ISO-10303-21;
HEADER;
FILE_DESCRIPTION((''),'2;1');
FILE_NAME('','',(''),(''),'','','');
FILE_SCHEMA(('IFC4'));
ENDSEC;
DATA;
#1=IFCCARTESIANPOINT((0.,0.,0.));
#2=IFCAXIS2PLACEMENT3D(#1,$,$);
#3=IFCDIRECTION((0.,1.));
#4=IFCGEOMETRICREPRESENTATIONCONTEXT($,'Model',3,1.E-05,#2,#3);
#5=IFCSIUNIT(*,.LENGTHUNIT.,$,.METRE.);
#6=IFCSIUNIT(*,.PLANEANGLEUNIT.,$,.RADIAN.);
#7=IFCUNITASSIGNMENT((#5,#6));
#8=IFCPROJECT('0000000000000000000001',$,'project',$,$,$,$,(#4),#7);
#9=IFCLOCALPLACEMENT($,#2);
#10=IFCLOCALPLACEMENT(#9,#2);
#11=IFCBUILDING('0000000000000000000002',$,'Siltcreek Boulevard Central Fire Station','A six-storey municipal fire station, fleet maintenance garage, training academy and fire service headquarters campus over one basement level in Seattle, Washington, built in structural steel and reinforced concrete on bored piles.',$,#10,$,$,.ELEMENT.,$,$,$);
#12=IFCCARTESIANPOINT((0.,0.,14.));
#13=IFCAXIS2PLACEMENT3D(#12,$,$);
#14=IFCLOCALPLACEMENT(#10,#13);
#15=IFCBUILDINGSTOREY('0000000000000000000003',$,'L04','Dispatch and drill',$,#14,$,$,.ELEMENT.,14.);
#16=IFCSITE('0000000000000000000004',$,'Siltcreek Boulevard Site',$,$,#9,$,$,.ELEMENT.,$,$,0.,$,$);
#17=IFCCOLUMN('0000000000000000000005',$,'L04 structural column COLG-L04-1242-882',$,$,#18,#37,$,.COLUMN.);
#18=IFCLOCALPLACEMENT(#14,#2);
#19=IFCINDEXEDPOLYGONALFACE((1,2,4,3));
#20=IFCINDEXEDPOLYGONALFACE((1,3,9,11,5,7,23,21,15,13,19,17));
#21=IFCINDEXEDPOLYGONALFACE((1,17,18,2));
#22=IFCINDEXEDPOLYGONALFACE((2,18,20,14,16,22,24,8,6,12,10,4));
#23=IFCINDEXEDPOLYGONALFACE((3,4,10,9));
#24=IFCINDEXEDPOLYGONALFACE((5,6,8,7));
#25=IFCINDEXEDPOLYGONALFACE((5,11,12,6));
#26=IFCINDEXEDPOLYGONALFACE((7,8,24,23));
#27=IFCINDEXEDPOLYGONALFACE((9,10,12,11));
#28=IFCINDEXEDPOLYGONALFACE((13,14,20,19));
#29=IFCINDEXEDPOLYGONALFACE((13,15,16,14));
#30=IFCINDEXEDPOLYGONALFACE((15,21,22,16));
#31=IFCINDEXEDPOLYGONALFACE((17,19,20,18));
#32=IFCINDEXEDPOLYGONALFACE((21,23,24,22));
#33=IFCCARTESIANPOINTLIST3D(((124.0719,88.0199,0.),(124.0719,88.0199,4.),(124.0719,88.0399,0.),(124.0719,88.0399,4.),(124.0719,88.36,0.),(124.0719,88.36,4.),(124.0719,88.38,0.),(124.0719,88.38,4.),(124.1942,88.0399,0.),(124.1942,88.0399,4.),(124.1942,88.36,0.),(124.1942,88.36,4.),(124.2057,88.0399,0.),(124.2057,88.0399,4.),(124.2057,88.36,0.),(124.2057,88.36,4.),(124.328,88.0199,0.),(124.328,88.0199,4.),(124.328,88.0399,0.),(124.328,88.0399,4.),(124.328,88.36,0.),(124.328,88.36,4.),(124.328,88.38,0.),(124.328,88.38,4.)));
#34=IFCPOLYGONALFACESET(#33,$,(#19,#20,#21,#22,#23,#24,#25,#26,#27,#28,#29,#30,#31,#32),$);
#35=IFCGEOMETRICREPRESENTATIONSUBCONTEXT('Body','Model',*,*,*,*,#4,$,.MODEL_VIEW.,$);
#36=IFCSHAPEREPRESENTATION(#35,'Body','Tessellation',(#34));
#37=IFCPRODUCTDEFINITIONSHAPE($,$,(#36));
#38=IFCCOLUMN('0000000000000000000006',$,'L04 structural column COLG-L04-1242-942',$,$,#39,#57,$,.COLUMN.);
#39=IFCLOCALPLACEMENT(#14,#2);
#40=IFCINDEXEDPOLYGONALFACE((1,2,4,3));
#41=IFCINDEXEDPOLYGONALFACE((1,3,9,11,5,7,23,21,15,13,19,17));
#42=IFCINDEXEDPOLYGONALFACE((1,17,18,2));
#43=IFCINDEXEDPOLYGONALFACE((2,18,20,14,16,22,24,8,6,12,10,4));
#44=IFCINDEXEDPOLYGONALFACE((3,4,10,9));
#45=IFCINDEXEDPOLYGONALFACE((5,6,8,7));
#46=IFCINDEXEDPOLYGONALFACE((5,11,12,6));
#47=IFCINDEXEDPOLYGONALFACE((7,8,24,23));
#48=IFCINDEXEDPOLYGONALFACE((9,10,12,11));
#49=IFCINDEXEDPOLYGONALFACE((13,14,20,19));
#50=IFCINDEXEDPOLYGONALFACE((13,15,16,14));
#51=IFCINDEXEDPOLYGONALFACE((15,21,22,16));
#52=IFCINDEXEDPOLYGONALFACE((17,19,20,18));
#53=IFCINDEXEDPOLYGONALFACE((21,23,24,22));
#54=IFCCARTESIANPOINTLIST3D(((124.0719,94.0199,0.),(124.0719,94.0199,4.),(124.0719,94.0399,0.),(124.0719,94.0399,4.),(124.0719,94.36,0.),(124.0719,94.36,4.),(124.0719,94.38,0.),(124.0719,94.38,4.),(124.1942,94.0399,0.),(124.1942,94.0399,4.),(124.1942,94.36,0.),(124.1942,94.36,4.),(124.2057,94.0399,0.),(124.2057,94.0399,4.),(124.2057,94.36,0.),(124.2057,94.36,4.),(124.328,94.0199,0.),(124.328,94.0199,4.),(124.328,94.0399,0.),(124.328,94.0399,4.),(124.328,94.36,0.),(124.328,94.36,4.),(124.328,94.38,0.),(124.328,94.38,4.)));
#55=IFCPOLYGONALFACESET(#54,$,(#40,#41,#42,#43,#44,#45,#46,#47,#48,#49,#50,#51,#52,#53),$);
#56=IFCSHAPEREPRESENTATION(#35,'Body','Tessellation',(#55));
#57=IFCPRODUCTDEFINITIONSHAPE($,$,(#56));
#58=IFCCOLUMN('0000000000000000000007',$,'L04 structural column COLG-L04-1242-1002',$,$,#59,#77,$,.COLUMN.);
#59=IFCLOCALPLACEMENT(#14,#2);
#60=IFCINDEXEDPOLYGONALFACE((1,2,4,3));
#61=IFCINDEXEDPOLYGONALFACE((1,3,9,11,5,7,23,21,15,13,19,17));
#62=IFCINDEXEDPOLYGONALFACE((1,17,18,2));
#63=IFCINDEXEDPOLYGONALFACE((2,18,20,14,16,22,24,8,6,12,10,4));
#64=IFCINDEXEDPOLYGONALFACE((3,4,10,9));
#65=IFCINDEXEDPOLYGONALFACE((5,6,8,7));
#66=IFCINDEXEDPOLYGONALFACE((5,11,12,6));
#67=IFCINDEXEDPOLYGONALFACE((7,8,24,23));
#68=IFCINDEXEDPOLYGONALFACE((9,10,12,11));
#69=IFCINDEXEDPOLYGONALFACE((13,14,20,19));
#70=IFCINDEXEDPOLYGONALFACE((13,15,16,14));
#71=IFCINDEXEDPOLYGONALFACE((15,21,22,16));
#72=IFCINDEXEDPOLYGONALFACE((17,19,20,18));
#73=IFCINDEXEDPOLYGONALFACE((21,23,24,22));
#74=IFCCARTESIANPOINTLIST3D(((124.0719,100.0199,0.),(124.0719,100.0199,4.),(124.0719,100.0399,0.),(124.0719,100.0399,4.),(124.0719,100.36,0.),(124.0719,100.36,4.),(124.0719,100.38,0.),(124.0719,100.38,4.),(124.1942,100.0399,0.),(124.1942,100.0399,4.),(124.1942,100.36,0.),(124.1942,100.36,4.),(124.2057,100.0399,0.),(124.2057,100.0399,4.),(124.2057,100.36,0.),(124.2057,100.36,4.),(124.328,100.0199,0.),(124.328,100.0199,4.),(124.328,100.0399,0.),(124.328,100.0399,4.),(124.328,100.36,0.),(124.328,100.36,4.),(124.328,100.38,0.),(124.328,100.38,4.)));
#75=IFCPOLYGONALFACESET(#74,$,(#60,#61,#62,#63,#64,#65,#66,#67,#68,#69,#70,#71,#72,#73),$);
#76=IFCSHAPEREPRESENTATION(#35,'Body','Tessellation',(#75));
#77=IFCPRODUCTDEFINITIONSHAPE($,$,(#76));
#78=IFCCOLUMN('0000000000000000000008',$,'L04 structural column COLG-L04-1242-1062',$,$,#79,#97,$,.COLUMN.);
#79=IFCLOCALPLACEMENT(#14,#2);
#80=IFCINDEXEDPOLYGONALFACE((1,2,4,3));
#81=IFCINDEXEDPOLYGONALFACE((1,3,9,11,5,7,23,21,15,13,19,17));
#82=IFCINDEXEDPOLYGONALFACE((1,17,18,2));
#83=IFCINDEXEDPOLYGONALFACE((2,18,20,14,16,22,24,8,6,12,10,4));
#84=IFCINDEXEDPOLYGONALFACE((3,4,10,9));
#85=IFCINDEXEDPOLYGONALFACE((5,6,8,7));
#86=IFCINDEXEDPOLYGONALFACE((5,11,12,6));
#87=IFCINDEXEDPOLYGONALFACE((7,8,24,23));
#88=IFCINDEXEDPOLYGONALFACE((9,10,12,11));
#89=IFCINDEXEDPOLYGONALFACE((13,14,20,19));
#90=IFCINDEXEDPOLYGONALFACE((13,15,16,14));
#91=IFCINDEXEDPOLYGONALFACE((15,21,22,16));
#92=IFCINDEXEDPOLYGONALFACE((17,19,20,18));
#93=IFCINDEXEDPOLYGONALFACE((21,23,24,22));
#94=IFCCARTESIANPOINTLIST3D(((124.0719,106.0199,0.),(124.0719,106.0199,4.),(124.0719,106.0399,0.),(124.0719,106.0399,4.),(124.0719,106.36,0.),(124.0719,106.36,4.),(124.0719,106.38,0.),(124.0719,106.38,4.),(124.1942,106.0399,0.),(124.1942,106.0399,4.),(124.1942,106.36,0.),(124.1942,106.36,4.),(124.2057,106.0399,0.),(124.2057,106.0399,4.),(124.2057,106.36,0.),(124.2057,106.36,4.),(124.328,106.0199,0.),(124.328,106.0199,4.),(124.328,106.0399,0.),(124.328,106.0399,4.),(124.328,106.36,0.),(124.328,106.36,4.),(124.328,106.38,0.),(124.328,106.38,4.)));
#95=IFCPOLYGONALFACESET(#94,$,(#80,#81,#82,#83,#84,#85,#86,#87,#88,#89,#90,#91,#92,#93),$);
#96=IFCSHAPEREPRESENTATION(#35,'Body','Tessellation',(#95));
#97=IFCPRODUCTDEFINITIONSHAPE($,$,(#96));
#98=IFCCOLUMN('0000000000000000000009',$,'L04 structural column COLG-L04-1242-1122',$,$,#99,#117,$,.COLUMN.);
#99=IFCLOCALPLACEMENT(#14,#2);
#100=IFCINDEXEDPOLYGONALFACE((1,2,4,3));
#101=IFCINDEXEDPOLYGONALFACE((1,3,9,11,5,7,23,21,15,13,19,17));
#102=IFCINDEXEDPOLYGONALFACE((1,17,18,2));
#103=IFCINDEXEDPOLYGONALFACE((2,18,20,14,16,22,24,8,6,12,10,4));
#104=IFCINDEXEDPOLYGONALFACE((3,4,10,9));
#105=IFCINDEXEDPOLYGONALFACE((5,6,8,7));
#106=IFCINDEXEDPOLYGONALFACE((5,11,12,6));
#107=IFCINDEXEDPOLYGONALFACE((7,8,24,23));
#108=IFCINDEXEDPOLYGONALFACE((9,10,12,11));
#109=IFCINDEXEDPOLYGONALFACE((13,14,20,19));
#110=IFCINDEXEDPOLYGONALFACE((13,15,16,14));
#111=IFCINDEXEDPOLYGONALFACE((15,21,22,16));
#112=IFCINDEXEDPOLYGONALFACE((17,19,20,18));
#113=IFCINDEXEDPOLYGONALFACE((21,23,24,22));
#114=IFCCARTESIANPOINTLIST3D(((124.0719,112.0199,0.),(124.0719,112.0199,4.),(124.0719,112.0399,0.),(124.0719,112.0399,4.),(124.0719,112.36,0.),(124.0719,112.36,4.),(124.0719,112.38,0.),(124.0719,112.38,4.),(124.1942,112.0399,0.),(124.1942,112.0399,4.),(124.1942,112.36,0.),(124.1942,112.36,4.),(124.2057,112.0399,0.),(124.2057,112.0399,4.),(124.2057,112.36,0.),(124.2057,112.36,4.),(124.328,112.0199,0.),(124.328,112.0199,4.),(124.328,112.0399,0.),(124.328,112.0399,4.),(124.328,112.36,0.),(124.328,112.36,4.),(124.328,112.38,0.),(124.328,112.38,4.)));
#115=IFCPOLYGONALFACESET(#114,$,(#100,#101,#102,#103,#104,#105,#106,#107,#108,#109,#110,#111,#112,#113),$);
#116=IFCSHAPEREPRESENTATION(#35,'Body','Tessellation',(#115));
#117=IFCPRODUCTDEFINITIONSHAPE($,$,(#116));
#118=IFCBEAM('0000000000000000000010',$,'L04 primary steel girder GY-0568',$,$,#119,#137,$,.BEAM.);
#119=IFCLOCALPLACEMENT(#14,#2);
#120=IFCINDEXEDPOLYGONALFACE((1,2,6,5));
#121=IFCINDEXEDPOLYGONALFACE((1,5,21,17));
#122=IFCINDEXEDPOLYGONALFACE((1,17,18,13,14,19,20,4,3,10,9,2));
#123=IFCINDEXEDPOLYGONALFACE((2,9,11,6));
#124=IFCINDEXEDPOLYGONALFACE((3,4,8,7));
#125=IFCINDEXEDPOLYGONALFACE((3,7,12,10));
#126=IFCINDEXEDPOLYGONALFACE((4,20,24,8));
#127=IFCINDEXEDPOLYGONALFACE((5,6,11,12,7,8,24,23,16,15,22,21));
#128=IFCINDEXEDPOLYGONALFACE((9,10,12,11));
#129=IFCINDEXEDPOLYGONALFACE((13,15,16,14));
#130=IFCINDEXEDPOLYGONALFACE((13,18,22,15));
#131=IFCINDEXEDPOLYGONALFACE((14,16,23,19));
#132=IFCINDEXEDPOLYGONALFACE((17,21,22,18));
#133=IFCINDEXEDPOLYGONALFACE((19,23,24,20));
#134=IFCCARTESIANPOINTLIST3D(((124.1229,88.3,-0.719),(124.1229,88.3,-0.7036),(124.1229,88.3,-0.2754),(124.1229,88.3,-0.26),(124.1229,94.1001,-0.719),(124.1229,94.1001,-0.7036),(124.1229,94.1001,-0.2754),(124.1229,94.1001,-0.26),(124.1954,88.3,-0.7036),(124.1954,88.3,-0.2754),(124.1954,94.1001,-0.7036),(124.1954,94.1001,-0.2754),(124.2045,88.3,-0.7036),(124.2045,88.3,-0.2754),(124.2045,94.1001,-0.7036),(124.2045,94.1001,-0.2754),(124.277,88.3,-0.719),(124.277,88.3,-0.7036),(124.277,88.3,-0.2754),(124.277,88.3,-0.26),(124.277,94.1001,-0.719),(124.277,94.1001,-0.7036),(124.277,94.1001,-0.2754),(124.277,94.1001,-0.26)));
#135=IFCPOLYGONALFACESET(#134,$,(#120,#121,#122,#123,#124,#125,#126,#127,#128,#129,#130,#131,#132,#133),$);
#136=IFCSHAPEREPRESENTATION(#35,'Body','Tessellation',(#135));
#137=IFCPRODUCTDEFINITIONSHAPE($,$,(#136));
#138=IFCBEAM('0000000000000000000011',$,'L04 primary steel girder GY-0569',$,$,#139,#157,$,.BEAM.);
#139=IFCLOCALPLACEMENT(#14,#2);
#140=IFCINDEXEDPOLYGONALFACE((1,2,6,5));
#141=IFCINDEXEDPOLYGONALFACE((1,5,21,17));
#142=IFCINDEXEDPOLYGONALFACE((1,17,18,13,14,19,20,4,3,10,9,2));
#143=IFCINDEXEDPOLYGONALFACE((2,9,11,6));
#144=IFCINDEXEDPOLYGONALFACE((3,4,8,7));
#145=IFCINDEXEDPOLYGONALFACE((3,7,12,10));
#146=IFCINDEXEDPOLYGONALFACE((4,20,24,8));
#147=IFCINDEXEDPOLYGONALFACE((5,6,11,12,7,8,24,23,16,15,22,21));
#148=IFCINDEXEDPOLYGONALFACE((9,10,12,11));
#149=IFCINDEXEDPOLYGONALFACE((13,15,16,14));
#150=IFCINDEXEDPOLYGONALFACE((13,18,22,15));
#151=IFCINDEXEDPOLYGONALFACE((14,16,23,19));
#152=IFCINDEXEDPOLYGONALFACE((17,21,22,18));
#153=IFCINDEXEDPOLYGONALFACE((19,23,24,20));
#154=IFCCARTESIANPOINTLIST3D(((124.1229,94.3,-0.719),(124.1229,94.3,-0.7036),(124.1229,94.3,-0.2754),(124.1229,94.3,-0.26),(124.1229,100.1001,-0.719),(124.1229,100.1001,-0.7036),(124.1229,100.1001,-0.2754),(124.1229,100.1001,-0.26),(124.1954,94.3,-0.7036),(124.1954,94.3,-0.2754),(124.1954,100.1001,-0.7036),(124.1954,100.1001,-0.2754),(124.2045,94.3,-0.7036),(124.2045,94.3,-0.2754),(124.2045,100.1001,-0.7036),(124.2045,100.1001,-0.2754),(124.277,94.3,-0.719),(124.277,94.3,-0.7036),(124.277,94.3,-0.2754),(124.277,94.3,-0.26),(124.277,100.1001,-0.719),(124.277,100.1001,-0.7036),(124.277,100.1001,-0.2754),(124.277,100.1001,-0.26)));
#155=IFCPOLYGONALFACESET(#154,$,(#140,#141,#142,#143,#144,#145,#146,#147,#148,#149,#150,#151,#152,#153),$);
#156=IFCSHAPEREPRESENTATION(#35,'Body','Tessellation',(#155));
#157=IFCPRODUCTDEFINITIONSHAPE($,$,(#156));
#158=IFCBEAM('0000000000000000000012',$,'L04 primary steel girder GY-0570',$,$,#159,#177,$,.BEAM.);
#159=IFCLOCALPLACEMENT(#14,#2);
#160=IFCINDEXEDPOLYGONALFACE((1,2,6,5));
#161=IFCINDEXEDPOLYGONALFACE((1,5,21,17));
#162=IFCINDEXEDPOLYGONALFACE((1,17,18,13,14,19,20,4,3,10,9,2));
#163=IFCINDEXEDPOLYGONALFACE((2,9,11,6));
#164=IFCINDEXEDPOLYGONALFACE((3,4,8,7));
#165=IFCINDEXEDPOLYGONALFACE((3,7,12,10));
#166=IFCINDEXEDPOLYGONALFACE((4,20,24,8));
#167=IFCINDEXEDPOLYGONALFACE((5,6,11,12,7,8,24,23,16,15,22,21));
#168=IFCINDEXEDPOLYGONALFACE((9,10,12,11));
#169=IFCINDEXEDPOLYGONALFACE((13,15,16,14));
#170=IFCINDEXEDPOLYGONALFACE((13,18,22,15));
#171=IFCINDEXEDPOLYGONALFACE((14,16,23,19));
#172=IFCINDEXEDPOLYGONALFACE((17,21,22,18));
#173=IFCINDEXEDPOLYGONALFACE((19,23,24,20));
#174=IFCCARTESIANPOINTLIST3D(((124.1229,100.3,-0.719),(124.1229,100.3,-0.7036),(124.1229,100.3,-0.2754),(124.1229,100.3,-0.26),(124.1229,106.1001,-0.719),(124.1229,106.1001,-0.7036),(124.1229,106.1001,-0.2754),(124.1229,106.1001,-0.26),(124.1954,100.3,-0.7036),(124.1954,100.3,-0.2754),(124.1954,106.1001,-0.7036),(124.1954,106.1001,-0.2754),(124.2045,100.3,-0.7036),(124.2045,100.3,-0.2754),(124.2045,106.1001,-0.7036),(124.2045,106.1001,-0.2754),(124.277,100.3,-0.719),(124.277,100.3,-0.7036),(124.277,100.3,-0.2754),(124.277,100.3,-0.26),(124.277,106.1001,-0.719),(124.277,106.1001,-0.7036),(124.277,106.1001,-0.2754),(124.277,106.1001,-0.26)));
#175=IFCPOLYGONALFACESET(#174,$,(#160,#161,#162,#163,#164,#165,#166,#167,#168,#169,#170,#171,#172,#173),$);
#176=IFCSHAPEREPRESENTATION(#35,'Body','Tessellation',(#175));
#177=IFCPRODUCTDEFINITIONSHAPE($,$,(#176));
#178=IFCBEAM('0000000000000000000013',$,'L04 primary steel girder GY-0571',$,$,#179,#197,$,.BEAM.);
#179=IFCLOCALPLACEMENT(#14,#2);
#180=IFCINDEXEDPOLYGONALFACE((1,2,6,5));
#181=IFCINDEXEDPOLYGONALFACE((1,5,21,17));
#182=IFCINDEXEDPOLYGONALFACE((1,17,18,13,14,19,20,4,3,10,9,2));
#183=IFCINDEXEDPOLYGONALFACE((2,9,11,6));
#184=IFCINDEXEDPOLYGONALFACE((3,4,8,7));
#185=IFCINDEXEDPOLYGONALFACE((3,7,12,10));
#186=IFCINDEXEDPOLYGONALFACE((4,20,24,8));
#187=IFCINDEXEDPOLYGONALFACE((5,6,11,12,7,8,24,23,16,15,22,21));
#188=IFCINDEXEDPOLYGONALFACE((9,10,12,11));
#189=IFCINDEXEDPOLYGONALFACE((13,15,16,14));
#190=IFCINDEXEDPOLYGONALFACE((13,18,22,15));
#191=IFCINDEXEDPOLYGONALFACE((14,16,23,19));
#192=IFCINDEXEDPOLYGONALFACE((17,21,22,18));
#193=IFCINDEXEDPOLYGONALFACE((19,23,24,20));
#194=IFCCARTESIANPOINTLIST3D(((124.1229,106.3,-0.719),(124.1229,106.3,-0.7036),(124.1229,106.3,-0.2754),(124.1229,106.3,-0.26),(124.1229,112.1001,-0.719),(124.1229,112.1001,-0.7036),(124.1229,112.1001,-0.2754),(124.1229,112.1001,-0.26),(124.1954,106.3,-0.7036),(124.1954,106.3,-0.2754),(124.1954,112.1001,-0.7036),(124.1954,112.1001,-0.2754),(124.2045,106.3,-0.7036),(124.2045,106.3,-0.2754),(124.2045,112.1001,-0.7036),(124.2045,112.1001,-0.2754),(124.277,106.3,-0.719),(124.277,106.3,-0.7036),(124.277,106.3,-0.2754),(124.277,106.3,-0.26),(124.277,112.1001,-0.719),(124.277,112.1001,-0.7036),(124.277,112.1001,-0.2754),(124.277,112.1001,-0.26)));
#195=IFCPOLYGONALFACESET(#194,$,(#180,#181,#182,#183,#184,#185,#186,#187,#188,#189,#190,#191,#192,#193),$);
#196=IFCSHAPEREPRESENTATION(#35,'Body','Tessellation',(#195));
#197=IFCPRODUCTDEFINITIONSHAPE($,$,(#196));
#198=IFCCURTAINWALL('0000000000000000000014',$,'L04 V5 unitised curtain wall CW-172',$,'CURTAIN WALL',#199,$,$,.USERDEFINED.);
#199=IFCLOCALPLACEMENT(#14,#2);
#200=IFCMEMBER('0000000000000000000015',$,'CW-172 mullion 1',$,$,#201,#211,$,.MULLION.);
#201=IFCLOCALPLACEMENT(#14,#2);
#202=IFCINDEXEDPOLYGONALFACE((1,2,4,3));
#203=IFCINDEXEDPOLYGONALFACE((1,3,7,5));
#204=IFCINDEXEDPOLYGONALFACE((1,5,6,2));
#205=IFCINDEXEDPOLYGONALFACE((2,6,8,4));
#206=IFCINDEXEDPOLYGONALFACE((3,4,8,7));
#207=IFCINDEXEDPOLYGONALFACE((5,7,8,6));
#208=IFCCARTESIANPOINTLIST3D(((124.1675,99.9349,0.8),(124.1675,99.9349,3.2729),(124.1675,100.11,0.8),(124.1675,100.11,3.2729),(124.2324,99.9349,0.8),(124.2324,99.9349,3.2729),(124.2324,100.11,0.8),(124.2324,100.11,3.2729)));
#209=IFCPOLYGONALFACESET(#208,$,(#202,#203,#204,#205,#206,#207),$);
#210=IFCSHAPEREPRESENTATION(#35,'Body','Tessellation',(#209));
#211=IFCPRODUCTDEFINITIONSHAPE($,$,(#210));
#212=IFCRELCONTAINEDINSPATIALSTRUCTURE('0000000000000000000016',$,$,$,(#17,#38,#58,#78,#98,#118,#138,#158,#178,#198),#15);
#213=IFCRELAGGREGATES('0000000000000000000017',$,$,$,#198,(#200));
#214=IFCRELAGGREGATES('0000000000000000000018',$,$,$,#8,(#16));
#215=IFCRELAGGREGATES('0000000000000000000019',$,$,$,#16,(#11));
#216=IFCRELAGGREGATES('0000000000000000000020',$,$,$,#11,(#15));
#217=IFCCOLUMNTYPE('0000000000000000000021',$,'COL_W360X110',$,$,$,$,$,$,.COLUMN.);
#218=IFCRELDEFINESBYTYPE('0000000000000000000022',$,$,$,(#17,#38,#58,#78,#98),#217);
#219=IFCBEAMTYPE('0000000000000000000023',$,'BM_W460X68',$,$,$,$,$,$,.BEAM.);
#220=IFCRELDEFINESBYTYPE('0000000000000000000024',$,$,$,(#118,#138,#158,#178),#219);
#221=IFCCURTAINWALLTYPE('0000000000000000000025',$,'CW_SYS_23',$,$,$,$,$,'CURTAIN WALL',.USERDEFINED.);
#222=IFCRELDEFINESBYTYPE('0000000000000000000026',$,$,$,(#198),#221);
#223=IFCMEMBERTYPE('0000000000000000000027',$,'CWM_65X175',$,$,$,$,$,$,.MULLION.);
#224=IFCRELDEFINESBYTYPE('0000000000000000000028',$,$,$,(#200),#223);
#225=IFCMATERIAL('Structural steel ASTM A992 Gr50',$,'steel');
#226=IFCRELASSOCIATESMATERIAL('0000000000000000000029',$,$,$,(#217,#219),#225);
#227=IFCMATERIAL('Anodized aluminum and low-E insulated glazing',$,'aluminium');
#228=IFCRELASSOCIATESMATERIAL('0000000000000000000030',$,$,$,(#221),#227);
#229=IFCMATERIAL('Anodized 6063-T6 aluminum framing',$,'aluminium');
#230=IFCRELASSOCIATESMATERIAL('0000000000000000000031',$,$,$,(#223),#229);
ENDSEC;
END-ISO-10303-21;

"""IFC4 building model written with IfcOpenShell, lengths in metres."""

from ifc_helpers import new_model, si_unit, direction, frame, origin, origin_2d, place, context, subcontext, project, spatial, rectangle, i_section, extrude, material, material_profile, profile_set, type_object, element, aggregate, save


model = new_model("IFC4")

# Units and contexts
model_context = context("Model", 3, precision=1e-05, world=origin(), true_north=direction((0.0, 1.0)))
body_context = subcontext(model_context, "Body", "Model", "MODEL_VIEW")
ifc_project = project(units=[si_unit("LENGTHUNIT", "METRE"), si_unit("PLANEANGLEUNIT", "RADIAN")], contexts=[model_context])

# Site, building, storey
site_placement = place(None, origin())
site = spatial("IfcSite", under=ifc_project, at=site_placement, Name="Siltcreek Boulevard Site", CompositionType="ELEMENT", RefElevation=0.0)
building_placement = place(site_placement, origin())
building = spatial("IfcBuilding", under=site, at=building_placement, Name="Siltcreek Boulevard Central Fire Station", Description="A six-storey municipal fire station, fleet maintenance garage, training academy and fire service headquarters campus over one basement level in Seattle, Washington, built in structural steel and reinforced concrete on bored piles.", CompositionType="ELEMENT")
storey_placement = place(building_placement, frame((0.0, 0.0, 14.0)))
storey = spatial("IfcBuildingStorey", under=building, at=storey_placement, Name="L04", Description="Dispatch and drill", CompositionType="ELEMENT", Elevation=14.0)

# Columns
ifc_material_1 = material(Name="Structural steel ASTM A992 Gr50", Category="steel")
ifc_material_profile_1 = material_profile(ifc_material_1, i_section(OverallWidth=0.2561, OverallDepth=0.3601, WebThickness=0.0115, FlangeThickness=0.02, at=origin_2d()), Name="W360X110")
ifc_profile_set_1 = profile_set([ifc_material_profile_1], Name="Structural steel ASTM A992 Gr50")
column_type = type_object("IfcColumnType", Name="COL_W360X110", PredefinedType="COLUMN", material=ifc_profile_set_1)
for number, where, z_axis, x_axis, name in (
    (1, (124.2, 88.2, 0.0), (0.0, 0.0, 1.0), (1.0, 0.0, 0.0), "L04 structural column COLG-L04-1242-882"),
    (2, (124.2, 94.2, 0.0), (0.0, 0.0, 1.0), (1.0, 0.0, 0.0), "L04 structural column COLG-L04-1242-942"),
    (3, (124.2, 100.2, 0.0), (0.0, 0.0, 1.0), (1.0, 0.0, 0.0), "L04 structural column COLG-L04-1242-1002"),
    (4, (124.2, 106.2, 0.0), (0.0, 0.0, 1.0), (1.0, 0.0, 0.0), "L04 structural column COLG-L04-1242-1062"),
    (5, (124.2, 112.2, 0.0), (0.0, 0.0, 1.0), (1.0, 0.0, 0.0), "L04 structural column COLG-L04-1242-1122"),
):
    element("IfcColumn", number, at=place(storey_placement, frame(where, z_axis=z_axis, x_axis=x_axis)), inside=storey, type_object=column_type, Name=name, PredefinedType="COLUMN", context=body_context, shape_type="SweptSolid", body=[
        extrude(i_section(OverallWidth=0.2561, OverallDepth=0.3601, WebThickness=0.0115, FlangeThickness=0.02, at=origin_2d()), origin(), (0.0, 0.0, 1.0), 4.0),
    ])

# Beams
ifc_material_profile_2 = material_profile(ifc_material_1, i_section(OverallWidth=0.1541, OverallDepth=0.459, WebThickness=0.009, FlangeThickness=0.0154, at=origin_2d()), Name="W460X68")
ifc_profile_set_2 = profile_set([ifc_material_profile_2], Name="Structural steel ASTM A992 Gr50")
beam_type_1 = type_object("IfcBeamType", Name="BM_W460X68", PredefinedType="BEAM", material=ifc_profile_set_2)
for number, where, z_axis, x_axis, name in (
    (6, (124.2, 88.3, -0.4895), (0.0, 1.0, 0.0), (-1.0, 0.0, 0.0), "L04 primary steel girder GY-0568"),
    (7, (124.2, 94.3, -0.4895), (0.0, 1.0, 0.0), (-1.0, 0.0, 0.0), "L04 primary steel girder GY-0569"),
    (8, (124.2, 100.3, -0.4895), (0.0, 1.0, 0.0), (-1.0, 0.0, 0.0), "L04 primary steel girder GY-0570"),
    (9, (124.2, 106.3, -0.4895), (0.0, 1.0, 0.0), (-1.0, 0.0, 0.0), "L04 primary steel girder GY-0571"),
):
    element("IfcBeam", number, at=place(storey_placement, frame(where, z_axis=z_axis, x_axis=x_axis)), inside=storey, type_object=beam_type_1, Name=name, PredefinedType="BEAM", context=body_context, shape_type="SweptSolid", body=[
        extrude(i_section(OverallWidth=0.1541, OverallDepth=0.459, WebThickness=0.009, FlangeThickness=0.0154, at=origin_2d()), origin(), (0.0, 0.0, 1.0), 5.8),
    ])

# Curtain wall, member
ifc_material_2 = material(Name="Anodized aluminum and low-E insulated glazing", Category="aluminium")
curtain_wall_type = type_object("IfcCurtainWallType", Name="CW_SYS_23", ElementType="CURTAIN WALL", PredefinedType="USERDEFINED", material=ifc_material_2)
curtain_wall_placement = place(storey_placement, origin())
curtain_wall = element("IfcCurtainWall", 10, at=curtain_wall_placement, inside=storey, type_object=curtain_wall_type, Name="L04 V5 unitised curtain wall CW-172", ObjectType="CURTAIN WALL", PredefinedType="USERDEFINED")
ifc_material_3 = material(Name="Anodized 6063-T6 aluminum framing", Category="aluminium")
ifc_material_profile_3 = material_profile(ifc_material_3, rectangle(XDim=0.0649, YDim=0.175, at=origin_2d()), Name="MULL65X175")
ifc_profile_set_3 = profile_set([ifc_material_profile_3], Name="Anodized 6063-T6 aluminum framing")
member_type = type_object("IfcMemberType", Name="CWM_65X175", PredefinedType="MULLION", material=ifc_profile_set_3)
member_1_placement = place(storey_placement, frame((124.2, 100.0225, 0.8), z_axis=(0.0, 0.0, 1.0), x_axis=(1.0, 0.0, 0.0)))
member_1 = element("IfcMember", 11, at=member_1_placement, type_object=member_type, Name="CW-172 mullion 1", PredefinedType="MULLION", context=body_context, shape_type="SweptSolid", body=[
    extrude(rectangle(XDim=0.0649, YDim=0.175, at=origin_2d()), origin(), (0.0, 0.0, 1.0), 2.4729),
])
aggregate(curtain_wall, [member_1])

save(model, "model.ifc")
